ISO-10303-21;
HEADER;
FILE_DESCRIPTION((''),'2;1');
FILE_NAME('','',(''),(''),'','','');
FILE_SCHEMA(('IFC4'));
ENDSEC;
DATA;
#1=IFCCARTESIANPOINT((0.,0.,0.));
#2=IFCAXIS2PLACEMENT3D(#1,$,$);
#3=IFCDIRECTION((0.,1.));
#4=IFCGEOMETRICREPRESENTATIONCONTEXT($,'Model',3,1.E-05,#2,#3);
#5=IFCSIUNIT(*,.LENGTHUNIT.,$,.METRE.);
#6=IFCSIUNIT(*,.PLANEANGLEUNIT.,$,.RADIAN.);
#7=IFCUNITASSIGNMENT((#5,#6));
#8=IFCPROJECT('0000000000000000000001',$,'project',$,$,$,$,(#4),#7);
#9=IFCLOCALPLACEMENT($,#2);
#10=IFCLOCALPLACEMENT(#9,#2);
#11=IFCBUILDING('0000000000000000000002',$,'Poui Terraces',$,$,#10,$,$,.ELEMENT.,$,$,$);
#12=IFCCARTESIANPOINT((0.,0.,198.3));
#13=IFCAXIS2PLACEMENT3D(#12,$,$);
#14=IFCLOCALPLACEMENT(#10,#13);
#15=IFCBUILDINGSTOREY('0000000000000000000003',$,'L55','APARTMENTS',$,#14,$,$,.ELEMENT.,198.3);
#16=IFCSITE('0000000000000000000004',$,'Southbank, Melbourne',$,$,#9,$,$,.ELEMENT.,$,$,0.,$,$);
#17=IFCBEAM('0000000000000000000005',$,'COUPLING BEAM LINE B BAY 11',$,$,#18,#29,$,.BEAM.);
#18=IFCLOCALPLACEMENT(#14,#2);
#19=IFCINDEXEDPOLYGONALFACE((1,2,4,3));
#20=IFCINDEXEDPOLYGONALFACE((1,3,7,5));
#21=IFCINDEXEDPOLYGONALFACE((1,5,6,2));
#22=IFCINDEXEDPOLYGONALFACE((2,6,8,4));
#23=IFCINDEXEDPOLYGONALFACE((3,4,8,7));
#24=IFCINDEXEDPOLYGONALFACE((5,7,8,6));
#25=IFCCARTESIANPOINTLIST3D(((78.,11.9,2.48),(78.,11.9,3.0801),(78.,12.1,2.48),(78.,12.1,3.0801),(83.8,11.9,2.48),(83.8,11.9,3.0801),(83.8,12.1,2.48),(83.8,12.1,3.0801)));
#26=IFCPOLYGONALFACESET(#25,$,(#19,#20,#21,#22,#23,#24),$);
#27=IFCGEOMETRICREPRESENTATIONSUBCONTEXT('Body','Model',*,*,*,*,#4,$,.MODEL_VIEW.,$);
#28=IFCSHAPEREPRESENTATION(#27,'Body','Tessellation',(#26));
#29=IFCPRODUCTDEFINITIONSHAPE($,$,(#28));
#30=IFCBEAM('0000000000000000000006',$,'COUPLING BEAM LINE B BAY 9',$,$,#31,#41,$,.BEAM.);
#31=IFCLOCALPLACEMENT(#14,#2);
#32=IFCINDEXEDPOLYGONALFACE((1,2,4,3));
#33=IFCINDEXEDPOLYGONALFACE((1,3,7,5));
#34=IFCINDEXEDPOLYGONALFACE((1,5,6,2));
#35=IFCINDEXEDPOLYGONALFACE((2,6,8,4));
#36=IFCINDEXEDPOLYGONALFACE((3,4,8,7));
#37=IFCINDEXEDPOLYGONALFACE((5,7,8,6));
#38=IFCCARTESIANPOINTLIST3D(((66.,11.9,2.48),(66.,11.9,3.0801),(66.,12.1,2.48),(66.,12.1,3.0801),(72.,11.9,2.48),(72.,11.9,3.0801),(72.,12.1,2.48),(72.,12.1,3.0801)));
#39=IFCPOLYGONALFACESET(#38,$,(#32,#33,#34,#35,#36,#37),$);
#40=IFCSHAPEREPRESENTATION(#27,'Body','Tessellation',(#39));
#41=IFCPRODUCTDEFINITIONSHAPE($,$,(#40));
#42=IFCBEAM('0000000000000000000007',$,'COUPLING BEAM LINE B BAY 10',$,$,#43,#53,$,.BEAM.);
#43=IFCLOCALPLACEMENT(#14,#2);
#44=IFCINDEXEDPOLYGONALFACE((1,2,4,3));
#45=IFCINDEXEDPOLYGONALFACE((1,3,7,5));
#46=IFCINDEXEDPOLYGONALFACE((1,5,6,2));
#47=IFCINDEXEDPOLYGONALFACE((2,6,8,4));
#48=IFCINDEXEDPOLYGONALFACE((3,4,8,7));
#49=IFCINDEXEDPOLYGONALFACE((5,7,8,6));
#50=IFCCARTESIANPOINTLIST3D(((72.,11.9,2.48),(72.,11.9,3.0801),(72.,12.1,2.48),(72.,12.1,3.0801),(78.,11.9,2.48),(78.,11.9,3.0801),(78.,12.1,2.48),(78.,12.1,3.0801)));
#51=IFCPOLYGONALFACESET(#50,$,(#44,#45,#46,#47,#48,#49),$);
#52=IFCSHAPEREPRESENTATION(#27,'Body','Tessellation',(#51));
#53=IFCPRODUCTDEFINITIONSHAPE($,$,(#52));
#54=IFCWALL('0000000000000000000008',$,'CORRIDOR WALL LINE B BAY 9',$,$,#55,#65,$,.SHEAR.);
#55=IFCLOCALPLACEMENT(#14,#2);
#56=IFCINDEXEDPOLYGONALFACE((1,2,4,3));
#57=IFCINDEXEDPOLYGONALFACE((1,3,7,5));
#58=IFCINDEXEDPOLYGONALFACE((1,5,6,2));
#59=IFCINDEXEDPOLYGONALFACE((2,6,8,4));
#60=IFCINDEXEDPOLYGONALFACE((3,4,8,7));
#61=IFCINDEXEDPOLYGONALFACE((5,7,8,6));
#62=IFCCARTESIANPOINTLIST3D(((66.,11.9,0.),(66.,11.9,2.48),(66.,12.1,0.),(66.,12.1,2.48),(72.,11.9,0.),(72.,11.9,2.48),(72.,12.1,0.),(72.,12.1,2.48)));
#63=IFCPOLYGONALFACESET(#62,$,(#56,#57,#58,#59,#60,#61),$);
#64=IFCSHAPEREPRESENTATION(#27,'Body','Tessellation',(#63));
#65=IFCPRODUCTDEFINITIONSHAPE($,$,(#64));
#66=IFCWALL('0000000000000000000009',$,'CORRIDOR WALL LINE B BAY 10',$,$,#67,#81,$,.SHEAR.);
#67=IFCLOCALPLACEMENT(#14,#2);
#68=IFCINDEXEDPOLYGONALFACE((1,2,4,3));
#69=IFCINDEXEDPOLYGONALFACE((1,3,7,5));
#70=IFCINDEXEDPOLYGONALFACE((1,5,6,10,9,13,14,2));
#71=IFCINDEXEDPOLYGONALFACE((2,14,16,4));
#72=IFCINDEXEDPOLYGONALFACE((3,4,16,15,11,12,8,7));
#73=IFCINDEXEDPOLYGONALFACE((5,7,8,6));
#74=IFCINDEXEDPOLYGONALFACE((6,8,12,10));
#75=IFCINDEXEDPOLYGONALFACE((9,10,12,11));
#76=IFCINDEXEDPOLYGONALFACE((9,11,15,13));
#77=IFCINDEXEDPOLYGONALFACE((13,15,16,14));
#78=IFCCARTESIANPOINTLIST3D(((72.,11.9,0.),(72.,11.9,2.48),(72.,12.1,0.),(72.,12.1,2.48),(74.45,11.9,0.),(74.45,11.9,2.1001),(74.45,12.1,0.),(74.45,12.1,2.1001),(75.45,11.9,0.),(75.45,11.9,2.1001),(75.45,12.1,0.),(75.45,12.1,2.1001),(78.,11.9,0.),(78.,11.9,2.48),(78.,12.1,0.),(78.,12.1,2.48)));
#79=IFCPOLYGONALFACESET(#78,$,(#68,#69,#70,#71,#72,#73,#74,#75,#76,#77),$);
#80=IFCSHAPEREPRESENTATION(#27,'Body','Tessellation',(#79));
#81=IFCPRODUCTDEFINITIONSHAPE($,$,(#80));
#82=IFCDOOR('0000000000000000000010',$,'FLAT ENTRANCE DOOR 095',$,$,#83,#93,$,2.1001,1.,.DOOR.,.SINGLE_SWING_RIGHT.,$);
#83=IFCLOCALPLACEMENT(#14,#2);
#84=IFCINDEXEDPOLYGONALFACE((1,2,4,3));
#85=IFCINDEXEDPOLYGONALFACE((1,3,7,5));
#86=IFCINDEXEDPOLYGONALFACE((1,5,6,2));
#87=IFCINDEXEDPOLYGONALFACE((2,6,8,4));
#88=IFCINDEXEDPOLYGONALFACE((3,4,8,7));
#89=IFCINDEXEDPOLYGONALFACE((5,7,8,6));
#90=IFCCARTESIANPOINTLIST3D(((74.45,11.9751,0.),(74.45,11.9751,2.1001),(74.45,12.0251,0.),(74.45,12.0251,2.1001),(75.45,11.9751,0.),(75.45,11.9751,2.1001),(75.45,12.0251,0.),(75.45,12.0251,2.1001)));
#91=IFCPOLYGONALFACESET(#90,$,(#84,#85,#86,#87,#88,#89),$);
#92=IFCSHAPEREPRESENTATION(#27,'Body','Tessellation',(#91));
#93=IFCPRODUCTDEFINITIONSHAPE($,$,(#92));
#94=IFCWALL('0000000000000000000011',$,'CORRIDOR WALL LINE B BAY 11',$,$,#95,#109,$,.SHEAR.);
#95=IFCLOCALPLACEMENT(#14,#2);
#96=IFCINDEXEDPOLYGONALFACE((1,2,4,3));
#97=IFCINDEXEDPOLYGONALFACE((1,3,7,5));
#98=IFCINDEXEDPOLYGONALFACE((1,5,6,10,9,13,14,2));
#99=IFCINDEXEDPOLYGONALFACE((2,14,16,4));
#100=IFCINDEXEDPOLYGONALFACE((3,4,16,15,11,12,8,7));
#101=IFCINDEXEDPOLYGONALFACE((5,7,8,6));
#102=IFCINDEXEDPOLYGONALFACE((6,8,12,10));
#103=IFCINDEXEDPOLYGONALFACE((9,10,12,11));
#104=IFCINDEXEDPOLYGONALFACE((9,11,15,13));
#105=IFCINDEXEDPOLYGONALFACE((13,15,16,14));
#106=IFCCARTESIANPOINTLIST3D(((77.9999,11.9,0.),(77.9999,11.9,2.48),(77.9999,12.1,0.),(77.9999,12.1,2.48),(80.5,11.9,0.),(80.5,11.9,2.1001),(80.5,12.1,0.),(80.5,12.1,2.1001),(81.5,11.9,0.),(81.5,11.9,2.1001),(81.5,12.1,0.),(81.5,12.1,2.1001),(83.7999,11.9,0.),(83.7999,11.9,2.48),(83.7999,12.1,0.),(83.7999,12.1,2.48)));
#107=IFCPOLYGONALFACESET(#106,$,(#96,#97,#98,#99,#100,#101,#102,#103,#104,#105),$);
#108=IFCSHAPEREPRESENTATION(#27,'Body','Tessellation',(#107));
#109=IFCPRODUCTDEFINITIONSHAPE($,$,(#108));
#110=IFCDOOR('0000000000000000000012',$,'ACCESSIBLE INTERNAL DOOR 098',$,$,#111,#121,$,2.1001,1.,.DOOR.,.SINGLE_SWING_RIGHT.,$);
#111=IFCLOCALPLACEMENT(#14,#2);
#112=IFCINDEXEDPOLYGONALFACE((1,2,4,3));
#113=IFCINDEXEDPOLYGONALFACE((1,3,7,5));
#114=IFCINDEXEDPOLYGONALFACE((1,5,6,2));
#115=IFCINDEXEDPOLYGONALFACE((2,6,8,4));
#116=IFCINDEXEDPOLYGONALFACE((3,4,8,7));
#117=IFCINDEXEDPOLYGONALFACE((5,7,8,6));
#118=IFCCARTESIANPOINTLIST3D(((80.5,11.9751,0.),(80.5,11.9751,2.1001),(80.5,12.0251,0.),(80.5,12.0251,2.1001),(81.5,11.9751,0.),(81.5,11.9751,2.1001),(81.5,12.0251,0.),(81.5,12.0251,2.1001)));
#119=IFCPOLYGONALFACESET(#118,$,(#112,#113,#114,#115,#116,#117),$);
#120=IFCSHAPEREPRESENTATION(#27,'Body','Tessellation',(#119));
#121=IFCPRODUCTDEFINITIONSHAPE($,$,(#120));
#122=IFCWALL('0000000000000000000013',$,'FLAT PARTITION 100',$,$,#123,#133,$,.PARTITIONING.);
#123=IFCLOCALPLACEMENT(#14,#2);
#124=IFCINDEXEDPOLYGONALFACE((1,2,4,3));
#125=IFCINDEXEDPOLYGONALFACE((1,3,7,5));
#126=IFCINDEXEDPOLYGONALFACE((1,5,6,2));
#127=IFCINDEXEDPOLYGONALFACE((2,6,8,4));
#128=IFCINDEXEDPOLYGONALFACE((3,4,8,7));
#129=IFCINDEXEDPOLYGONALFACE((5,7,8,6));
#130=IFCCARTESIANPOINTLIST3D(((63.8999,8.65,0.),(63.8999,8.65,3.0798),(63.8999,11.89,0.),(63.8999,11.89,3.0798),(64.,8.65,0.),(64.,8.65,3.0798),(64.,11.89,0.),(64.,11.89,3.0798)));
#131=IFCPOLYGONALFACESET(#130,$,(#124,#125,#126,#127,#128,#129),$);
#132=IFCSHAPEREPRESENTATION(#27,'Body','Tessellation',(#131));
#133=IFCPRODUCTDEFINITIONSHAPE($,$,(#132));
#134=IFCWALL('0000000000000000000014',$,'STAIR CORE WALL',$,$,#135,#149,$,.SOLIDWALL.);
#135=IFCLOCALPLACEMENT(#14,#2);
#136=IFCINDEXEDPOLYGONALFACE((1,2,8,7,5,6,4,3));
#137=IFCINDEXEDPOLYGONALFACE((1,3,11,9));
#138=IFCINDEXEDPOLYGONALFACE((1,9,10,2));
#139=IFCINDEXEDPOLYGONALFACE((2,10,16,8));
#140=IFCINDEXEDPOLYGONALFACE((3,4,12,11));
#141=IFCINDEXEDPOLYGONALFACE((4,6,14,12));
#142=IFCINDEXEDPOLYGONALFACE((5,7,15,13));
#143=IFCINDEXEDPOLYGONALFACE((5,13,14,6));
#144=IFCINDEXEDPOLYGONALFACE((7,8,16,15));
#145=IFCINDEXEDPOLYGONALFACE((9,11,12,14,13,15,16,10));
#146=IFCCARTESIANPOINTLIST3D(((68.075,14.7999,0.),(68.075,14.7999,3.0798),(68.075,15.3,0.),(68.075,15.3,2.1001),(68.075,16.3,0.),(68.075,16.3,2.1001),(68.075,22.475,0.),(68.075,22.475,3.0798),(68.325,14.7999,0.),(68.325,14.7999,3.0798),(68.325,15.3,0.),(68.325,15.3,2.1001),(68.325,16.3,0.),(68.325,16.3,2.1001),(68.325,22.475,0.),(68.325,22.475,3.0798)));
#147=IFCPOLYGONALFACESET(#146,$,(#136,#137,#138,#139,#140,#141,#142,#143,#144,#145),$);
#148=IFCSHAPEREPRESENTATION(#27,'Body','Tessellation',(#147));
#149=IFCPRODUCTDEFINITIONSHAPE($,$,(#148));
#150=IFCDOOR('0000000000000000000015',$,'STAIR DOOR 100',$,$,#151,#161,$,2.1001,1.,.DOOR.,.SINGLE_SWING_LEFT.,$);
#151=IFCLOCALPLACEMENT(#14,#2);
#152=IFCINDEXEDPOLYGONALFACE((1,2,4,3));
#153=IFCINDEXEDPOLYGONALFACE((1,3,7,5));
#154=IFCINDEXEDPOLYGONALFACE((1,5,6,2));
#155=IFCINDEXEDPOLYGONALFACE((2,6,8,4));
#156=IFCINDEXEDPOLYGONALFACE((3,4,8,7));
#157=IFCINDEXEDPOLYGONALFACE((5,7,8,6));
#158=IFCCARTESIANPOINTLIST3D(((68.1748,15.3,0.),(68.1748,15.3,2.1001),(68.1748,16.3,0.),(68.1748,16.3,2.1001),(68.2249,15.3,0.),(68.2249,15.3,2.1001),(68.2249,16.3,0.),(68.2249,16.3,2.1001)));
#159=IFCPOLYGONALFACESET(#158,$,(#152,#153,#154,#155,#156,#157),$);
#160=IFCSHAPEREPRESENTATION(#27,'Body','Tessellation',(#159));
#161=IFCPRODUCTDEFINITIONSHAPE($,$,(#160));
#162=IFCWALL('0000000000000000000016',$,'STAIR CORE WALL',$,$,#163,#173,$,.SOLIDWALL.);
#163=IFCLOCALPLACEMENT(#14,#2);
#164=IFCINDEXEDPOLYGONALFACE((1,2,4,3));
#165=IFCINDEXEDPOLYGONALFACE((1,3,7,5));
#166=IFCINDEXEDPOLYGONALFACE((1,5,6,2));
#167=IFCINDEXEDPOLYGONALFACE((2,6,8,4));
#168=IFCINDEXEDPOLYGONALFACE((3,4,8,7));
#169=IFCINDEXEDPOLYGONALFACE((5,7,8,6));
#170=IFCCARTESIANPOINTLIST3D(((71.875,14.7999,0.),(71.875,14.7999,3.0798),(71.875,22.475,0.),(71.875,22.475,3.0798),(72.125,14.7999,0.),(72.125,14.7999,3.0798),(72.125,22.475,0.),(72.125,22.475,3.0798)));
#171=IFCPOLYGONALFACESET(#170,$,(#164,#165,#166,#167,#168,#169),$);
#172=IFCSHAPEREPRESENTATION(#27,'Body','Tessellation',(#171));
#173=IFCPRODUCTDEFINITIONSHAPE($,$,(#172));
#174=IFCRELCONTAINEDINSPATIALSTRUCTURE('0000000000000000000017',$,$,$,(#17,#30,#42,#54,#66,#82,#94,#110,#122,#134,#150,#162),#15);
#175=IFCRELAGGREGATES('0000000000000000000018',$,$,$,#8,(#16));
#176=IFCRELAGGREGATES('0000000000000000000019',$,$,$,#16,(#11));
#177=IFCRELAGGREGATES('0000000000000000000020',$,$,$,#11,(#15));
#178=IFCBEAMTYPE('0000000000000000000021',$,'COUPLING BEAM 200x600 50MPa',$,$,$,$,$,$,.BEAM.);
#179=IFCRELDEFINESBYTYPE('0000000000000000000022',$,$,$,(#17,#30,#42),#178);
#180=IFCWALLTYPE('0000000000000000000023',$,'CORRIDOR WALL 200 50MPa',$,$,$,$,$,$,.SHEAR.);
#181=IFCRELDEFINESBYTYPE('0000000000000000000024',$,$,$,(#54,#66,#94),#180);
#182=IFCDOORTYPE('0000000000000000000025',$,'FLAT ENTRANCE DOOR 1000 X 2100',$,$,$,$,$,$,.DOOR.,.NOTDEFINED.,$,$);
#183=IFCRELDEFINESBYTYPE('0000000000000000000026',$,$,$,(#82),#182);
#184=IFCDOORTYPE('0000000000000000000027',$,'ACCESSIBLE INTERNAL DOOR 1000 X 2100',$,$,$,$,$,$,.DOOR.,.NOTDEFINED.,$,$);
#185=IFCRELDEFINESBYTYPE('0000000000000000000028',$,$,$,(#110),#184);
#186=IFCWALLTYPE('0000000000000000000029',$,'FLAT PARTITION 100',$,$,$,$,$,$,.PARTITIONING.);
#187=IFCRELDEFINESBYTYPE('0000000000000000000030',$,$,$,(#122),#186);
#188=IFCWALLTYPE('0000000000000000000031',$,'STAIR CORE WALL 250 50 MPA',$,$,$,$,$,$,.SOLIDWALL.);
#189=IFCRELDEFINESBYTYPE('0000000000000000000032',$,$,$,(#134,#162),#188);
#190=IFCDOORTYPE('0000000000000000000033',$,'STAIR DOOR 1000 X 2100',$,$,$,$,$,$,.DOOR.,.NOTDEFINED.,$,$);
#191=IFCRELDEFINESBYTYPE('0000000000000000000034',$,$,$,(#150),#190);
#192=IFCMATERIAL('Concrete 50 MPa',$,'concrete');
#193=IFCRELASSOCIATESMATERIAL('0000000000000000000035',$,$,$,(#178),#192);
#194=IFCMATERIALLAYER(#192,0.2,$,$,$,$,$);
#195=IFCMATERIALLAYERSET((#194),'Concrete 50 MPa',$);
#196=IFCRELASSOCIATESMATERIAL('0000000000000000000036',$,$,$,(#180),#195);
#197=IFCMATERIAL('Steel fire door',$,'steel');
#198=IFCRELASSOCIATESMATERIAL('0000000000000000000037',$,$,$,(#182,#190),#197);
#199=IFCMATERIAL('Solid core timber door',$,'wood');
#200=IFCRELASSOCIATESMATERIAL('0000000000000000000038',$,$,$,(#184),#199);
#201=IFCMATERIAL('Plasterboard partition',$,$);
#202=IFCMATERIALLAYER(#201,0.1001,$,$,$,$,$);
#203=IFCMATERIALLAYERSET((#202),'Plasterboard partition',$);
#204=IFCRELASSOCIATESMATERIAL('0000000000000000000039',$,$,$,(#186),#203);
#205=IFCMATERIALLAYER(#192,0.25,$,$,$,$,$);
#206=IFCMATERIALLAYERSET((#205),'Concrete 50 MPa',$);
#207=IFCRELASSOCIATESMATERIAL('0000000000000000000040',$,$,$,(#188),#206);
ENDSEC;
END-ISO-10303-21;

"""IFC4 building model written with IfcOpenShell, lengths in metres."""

from ifc_helpers import new_model, si_unit, direction, frame, frame_2d, origin, origin_2d, place, context, subcontext, project, spatial, rectangle, extrude, source, transform, mapped, material, layer, layer_set, material_profile, profile_set, type_object, element, fill, save


model = new_model("IFC4")

# Units and contexts
model_context = context("Model", 3, precision=1e-05, world=origin(), true_north=direction((0.0, 1.0)))
body_context = subcontext(model_context, "Body", "Model", "MODEL_VIEW")
ifc_project = project(units=[si_unit("LENGTHUNIT", "METRE"), si_unit("PLANEANGLEUNIT", "RADIAN")], contexts=[model_context])

# Site, building, storey
site_placement = place(None, origin())
site = spatial("IfcSite", under=ifc_project, at=site_placement, Name="Southbank, Melbourne", CompositionType="ELEMENT", RefElevation=0.0)
building_placement = place(site_placement, origin())
building = spatial("IfcBuilding", under=site, at=building_placement, Name="Poui Terraces", CompositionType="ELEMENT")
storey_placement = place(building_placement, frame((0.0, 0.0, 198.3)))
storey = spatial("IfcBuildingStorey", under=building, at=storey_placement, Name="L55", Description="APARTMENTS", CompositionType="ELEMENT", Elevation=198.3)

# Beams
ifc_material_1 = material(Name="Concrete 50 MPa", Category="concrete")
ifc_material_profile = material_profile(ifc_material_1, rectangle(XDim=0.2, YDim=0.6001, at=origin_2d()), Name="RC 200x600")
ifc_profile_set = profile_set([ifc_material_profile], Name="Concrete 50 MPa")
beam_type = type_object("IfcBeamType", Name="COUPLING BEAM 200x600 50MPa", PredefinedType="BEAM", material=ifc_profile_set)
shared_shape_1 = source(origin(), body_context, "Body", "SweptSolid", [
    extrude(rectangle(XDim=0.2, YDim=0.6001, at=origin_2d()), origin(), (0.0, 0.0, 1.0), 5.8),
])
beam_placement = place(storey_placement, frame((78.0, 12.0, 2.78), z_axis=(1.0, 0.0, 0.0), x_axis=(0.0, 1.0, 0.0)))
element("IfcBeam", 1, at=beam_placement, inside=storey, type_object=beam_type, Name="COUPLING BEAM LINE B BAY 11", PredefinedType="BEAM", context=body_context, shape_type="MappedRepresentation", body=[
    mapped(shared_shape_1, transform((0.0, 0.0, 0.0))),
])
shared_shape_2 = source(origin(), body_context, "Body", "SweptSolid", [
    extrude(rectangle(XDim=0.2, YDim=0.6001, at=origin_2d()), origin(), (0.0, 0.0, 1.0), 6.0),
])
for number, where, z_axis, x_axis, name in (
    (2, (66.0, 12.0, 2.78), (1.0, 0.0, 0.0), (0.0, 1.0, 0.0), "COUPLING BEAM LINE B BAY 9"),
    (3, (72.0, 12.0, 2.78), (1.0, 0.0, 0.0), (0.0, 1.0, 0.0), "COUPLING BEAM LINE B BAY 10"),
):
    element("IfcBeam", number, at=place(storey_placement, frame(where, z_axis=z_axis, x_axis=x_axis)), inside=storey, type_object=beam_type, Name=name, PredefinedType="BEAM", context=body_context, shape_type="MappedRepresentation", body=[
        mapped(shared_shape_2, transform((0.0, 0.0, 0.0))),
    ])

# Wall
ifc_layer_1 = layer(ifc_material_1, 0.2)
ifc_layer_set_1 = layer_set([ifc_layer_1], Name="Concrete 50 MPa")
wall_type_1 = type_object("IfcWallType", Name="CORRIDOR WALL 200 50MPa", PredefinedType="SHEAR", material=ifc_layer_set_1)
wall_1_placement = place(storey_placement, frame((66.0, 12.0, 0.0), z_axis=(0.0, 0.0, 1.0), x_axis=(1.0, 0.0, 0.0)))
element("IfcWall", 4, at=wall_1_placement, inside=storey, type_object=wall_type_1, Name="CORRIDOR WALL LINE B BAY 9", PredefinedType="SHEAR", context=body_context, shape_type="SweptSolid", body=[
    extrude(rectangle(XDim=6.0, YDim=0.2, at=frame_2d((3.0, 0.0))), origin(), (0.0, 0.0, 1.0), 2.48),
])

# Walls, openings, doors
wall_2_placement = place(storey_placement, frame((72.0, 12.0, 0.0), z_axis=(0.0, 0.0, 1.0), x_axis=(1.0, 0.0, 0.0)))
wall_2 = element("IfcWall", 5, at=wall_2_placement, inside=storey, type_object=wall_type_1, Name="CORRIDOR WALL LINE B BAY 10", PredefinedType="SHEAR", context=body_context, shape_type="SweptSolid", body=[
    extrude(rectangle(XDim=6.0, YDim=0.2, at=frame_2d((3.0, 0.0))), origin(), (0.0, 0.0, 1.0), 2.48),
])
opening_1_placement = place(wall_2_placement, frame((2.45, 0.0, 0.0)))
opening_1 = element("IfcOpeningElement", 6, at=opening_1_placement, cuts=wall_2, PredefinedType="OPENING", context=body_context, shape_type="SweptSolid", body=[
    extrude(rectangle(XDim=1.0, YDim=2.1001, at=frame_2d((0.5, 1.05))), frame((0.0, 0.1099, 0.0), z_axis=(0.0, -1.0, 0.0), x_axis=(1.0, 0.0, 0.0)), (0.0, 0.0, 1.0), 0.22),
])
ifc_material_2 = material(Name="Steel fire door", Category="steel")
door_type_1 = type_object("IfcDoorType", Name="FLAT ENTRANCE DOOR 1000 X 2100", OperationType="NOTDEFINED", PredefinedType="DOOR", material=ifc_material_2)
door_1_placement = place(opening_1_placement, frame((1.0, 0.0, 0.0), z_axis=(0.0, 0.0, 1.0), x_axis=(-1.0, 0.0, 0.0)))
door_1 = element("IfcDoor", 7, at=door_1_placement, inside=storey, type_object=door_type_1, Name="FLAT ENTRANCE DOOR 095", OperationType="SINGLE_SWING_RIGHT", OverallHeight=2.1001, OverallWidth=1.0, PredefinedType="DOOR", context=body_context, shape_type="SweptSolid", body=[
    extrude(rectangle(XDim=1.0, YDim=2.1001, at=frame_2d((0.5, 1.05))), frame((0.0, 0.0249, 0.0), z_axis=(0.0, -1.0, 0.0), x_axis=(1.0, 0.0, 0.0)), (0.0, 0.0, 1.0), 0.05),
])
fill(opening_1, door_1)
wall_3_placement = place(storey_placement, frame((78.0, 12.0, 0.0), z_axis=(0.0, 0.0, 1.0), x_axis=(1.0, 0.0, 0.0)))
wall_3 = element("IfcWall", 8, at=wall_3_placement, inside=storey, type_object=wall_type_1, Name="CORRIDOR WALL LINE B BAY 11", PredefinedType="SHEAR", context=body_context, shape_type="SweptSolid", body=[
    extrude(rectangle(XDim=5.8, YDim=0.2, at=frame_2d((2.8999, 0.0))), origin(), (0.0, 0.0, 1.0), 2.48),
])
opening_2_placement = place(wall_3_placement, frame((2.5, 0.0, 0.0)))
opening_2 = element("IfcOpeningElement", 9, at=opening_2_placement, cuts=wall_3, PredefinedType="OPENING", context=body_context, shape_type="SweptSolid", body=[
    extrude(rectangle(XDim=1.0, YDim=2.1001, at=frame_2d((0.5, 1.05))), frame((0.0, 0.1099, 0.0), z_axis=(0.0, -1.0, 0.0), x_axis=(1.0, 0.0, 0.0)), (0.0, 0.0, 1.0), 0.22),
])
ifc_material_3 = material(Name="Solid core timber door", Category="wood")
door_type_2 = type_object("IfcDoorType", Name="ACCESSIBLE INTERNAL DOOR 1000 X 2100", OperationType="NOTDEFINED", PredefinedType="DOOR", material=ifc_material_3)
door_2_placement = place(opening_2_placement, frame((1.0, 0.0, 0.0), z_axis=(0.0, 0.0, 1.0), x_axis=(-1.0, 0.0, 0.0)))
door_2 = element("IfcDoor", 10, at=door_2_placement, inside=storey, type_object=door_type_2, Name="ACCESSIBLE INTERNAL DOOR 098", OperationType="SINGLE_SWING_RIGHT", OverallHeight=2.1001, OverallWidth=1.0, PredefinedType="DOOR", context=body_context, shape_type="SweptSolid", body=[
    extrude(rectangle(XDim=1.0, YDim=2.1001, at=frame_2d((0.5, 1.05))), frame((0.0, 0.0249, 0.0), z_axis=(0.0, -1.0, 0.0), x_axis=(1.0, 0.0, 0.0)), (0.0, 0.0, 1.0), 0.05),
])
fill(opening_2, door_2)

# Wall
ifc_material_4 = material(Name="Plasterboard partition")
ifc_layer_2 = layer(ifc_material_4, 0.1001)
ifc_layer_set_2 = layer_set([ifc_layer_2], Name="Plasterboard partition")
wall_type_2 = type_object("IfcWallType", Name="FLAT PARTITION 100", PredefinedType="PARTITIONING", material=ifc_layer_set_2)
wall_4_placement = place(storey_placement, frame((63.95, 8.6499, 0.0), z_axis=(0.0, 0.0, 1.0), x_axis=(0.0, 1.0, 0.0)))
element("IfcWall", 11, at=wall_4_placement, inside=storey, type_object=wall_type_2, Name="FLAT PARTITION 100", PredefinedType="PARTITIONING", context=body_context, shape_type="SweptSolid", body=[
    extrude(rectangle(XDim=3.24, YDim=0.1001, at=frame_2d((1.6201, 0.0))), origin(), (0.0, 0.0, 1.0), 3.0798),
])

# Wall, opening, door
ifc_layer_3 = layer(ifc_material_1, 0.25)
ifc_layer_set_3 = layer_set([ifc_layer_3], Name="Concrete 50 MPa")
wall_type_3 = type_object("IfcWallType", Name="STAIR CORE WALL 250 50 MPA", PredefinedType="SOLIDWALL", material=ifc_layer_set_3)
wall_5_placement = place(storey_placement, frame((68.2, 14.8, 0.0), z_axis=(0.0, 0.0, 1.0), x_axis=(0.0, 1.0, 0.0)))
wall_5 = element("IfcWall", 12, at=wall_5_placement, inside=storey, type_object=wall_type_3, Name="STAIR CORE WALL", PredefinedType="SOLIDWALL", context=body_context, shape_type="SweptSolid", body=[
    extrude(rectangle(XDim=7.675, YDim=0.25, at=frame_2d((3.8374, 0.0))), origin(), (0.0, 0.0, 1.0), 3.0798),
])
opening_3_placement = place(wall_5_placement, frame((0.5, 0.0, 0.0)))
opening_3 = element("IfcOpeningElement", 13, at=opening_3_placement, cuts=wall_5, PredefinedType="OPENING", context=body_context, shape_type="SweptSolid", body=[
    extrude(rectangle(XDim=1.0, YDim=2.1001, at=frame_2d((0.5, 1.05))), frame((0.0, 0.135, 0.0), z_axis=(0.0, -1.0, 0.0), x_axis=(1.0, 0.0, 0.0)), (0.0, 0.0, 1.0), 0.27),
])
door_type_3 = type_object("IfcDoorType", Name="STAIR DOOR 1000 X 2100", OperationType="NOTDEFINED", PredefinedType="DOOR", material=ifc_material_2)
door_3_placement = place(opening_3_placement, frame((1.0, 0.0, 0.0), z_axis=(0.0, 0.0, 1.0), x_axis=(-1.0, 0.0, 0.0)))
door_3 = element("IfcDoor", 14, at=door_3_placement, inside=storey, type_object=door_type_3, Name="STAIR DOOR 100", OperationType="SINGLE_SWING_LEFT", OverallHeight=2.1001, OverallWidth=1.0, PredefinedType="DOOR", context=body_context, shape_type="SweptSolid", body=[
    extrude(rectangle(XDim=1.0, YDim=2.1001, at=frame_2d((0.5, 1.05))), frame((0.0, 0.0249, 0.0), z_axis=(0.0, -1.0, 0.0), x_axis=(1.0, 0.0, 0.0)), (0.0, 0.0, 1.0), 0.05),
])
fill(opening_3, door_3)

# Wall
for number, where, z_axis, x_axis, name in (
    (15, (72.0, 14.8, 0.0), (0.0, 0.0, 1.0), (0.0, 1.0, 0.0), "STAIR CORE WALL"),
):
    element("IfcWall", number, at=place(storey_placement, frame(where, z_axis=z_axis, x_axis=x_axis)), inside=storey, type_object=wall_type_3, Name=name, PredefinedType="SOLIDWALL", context=body_context, shape_type="SweptSolid", body=[
        extrude(rectangle(XDim=7.675, YDim=0.25, at=frame_2d((3.8374, 0.0))), origin(), (0.0, 0.0, 1.0), 3.0798),
    ])

save(model, "model.ifc")
